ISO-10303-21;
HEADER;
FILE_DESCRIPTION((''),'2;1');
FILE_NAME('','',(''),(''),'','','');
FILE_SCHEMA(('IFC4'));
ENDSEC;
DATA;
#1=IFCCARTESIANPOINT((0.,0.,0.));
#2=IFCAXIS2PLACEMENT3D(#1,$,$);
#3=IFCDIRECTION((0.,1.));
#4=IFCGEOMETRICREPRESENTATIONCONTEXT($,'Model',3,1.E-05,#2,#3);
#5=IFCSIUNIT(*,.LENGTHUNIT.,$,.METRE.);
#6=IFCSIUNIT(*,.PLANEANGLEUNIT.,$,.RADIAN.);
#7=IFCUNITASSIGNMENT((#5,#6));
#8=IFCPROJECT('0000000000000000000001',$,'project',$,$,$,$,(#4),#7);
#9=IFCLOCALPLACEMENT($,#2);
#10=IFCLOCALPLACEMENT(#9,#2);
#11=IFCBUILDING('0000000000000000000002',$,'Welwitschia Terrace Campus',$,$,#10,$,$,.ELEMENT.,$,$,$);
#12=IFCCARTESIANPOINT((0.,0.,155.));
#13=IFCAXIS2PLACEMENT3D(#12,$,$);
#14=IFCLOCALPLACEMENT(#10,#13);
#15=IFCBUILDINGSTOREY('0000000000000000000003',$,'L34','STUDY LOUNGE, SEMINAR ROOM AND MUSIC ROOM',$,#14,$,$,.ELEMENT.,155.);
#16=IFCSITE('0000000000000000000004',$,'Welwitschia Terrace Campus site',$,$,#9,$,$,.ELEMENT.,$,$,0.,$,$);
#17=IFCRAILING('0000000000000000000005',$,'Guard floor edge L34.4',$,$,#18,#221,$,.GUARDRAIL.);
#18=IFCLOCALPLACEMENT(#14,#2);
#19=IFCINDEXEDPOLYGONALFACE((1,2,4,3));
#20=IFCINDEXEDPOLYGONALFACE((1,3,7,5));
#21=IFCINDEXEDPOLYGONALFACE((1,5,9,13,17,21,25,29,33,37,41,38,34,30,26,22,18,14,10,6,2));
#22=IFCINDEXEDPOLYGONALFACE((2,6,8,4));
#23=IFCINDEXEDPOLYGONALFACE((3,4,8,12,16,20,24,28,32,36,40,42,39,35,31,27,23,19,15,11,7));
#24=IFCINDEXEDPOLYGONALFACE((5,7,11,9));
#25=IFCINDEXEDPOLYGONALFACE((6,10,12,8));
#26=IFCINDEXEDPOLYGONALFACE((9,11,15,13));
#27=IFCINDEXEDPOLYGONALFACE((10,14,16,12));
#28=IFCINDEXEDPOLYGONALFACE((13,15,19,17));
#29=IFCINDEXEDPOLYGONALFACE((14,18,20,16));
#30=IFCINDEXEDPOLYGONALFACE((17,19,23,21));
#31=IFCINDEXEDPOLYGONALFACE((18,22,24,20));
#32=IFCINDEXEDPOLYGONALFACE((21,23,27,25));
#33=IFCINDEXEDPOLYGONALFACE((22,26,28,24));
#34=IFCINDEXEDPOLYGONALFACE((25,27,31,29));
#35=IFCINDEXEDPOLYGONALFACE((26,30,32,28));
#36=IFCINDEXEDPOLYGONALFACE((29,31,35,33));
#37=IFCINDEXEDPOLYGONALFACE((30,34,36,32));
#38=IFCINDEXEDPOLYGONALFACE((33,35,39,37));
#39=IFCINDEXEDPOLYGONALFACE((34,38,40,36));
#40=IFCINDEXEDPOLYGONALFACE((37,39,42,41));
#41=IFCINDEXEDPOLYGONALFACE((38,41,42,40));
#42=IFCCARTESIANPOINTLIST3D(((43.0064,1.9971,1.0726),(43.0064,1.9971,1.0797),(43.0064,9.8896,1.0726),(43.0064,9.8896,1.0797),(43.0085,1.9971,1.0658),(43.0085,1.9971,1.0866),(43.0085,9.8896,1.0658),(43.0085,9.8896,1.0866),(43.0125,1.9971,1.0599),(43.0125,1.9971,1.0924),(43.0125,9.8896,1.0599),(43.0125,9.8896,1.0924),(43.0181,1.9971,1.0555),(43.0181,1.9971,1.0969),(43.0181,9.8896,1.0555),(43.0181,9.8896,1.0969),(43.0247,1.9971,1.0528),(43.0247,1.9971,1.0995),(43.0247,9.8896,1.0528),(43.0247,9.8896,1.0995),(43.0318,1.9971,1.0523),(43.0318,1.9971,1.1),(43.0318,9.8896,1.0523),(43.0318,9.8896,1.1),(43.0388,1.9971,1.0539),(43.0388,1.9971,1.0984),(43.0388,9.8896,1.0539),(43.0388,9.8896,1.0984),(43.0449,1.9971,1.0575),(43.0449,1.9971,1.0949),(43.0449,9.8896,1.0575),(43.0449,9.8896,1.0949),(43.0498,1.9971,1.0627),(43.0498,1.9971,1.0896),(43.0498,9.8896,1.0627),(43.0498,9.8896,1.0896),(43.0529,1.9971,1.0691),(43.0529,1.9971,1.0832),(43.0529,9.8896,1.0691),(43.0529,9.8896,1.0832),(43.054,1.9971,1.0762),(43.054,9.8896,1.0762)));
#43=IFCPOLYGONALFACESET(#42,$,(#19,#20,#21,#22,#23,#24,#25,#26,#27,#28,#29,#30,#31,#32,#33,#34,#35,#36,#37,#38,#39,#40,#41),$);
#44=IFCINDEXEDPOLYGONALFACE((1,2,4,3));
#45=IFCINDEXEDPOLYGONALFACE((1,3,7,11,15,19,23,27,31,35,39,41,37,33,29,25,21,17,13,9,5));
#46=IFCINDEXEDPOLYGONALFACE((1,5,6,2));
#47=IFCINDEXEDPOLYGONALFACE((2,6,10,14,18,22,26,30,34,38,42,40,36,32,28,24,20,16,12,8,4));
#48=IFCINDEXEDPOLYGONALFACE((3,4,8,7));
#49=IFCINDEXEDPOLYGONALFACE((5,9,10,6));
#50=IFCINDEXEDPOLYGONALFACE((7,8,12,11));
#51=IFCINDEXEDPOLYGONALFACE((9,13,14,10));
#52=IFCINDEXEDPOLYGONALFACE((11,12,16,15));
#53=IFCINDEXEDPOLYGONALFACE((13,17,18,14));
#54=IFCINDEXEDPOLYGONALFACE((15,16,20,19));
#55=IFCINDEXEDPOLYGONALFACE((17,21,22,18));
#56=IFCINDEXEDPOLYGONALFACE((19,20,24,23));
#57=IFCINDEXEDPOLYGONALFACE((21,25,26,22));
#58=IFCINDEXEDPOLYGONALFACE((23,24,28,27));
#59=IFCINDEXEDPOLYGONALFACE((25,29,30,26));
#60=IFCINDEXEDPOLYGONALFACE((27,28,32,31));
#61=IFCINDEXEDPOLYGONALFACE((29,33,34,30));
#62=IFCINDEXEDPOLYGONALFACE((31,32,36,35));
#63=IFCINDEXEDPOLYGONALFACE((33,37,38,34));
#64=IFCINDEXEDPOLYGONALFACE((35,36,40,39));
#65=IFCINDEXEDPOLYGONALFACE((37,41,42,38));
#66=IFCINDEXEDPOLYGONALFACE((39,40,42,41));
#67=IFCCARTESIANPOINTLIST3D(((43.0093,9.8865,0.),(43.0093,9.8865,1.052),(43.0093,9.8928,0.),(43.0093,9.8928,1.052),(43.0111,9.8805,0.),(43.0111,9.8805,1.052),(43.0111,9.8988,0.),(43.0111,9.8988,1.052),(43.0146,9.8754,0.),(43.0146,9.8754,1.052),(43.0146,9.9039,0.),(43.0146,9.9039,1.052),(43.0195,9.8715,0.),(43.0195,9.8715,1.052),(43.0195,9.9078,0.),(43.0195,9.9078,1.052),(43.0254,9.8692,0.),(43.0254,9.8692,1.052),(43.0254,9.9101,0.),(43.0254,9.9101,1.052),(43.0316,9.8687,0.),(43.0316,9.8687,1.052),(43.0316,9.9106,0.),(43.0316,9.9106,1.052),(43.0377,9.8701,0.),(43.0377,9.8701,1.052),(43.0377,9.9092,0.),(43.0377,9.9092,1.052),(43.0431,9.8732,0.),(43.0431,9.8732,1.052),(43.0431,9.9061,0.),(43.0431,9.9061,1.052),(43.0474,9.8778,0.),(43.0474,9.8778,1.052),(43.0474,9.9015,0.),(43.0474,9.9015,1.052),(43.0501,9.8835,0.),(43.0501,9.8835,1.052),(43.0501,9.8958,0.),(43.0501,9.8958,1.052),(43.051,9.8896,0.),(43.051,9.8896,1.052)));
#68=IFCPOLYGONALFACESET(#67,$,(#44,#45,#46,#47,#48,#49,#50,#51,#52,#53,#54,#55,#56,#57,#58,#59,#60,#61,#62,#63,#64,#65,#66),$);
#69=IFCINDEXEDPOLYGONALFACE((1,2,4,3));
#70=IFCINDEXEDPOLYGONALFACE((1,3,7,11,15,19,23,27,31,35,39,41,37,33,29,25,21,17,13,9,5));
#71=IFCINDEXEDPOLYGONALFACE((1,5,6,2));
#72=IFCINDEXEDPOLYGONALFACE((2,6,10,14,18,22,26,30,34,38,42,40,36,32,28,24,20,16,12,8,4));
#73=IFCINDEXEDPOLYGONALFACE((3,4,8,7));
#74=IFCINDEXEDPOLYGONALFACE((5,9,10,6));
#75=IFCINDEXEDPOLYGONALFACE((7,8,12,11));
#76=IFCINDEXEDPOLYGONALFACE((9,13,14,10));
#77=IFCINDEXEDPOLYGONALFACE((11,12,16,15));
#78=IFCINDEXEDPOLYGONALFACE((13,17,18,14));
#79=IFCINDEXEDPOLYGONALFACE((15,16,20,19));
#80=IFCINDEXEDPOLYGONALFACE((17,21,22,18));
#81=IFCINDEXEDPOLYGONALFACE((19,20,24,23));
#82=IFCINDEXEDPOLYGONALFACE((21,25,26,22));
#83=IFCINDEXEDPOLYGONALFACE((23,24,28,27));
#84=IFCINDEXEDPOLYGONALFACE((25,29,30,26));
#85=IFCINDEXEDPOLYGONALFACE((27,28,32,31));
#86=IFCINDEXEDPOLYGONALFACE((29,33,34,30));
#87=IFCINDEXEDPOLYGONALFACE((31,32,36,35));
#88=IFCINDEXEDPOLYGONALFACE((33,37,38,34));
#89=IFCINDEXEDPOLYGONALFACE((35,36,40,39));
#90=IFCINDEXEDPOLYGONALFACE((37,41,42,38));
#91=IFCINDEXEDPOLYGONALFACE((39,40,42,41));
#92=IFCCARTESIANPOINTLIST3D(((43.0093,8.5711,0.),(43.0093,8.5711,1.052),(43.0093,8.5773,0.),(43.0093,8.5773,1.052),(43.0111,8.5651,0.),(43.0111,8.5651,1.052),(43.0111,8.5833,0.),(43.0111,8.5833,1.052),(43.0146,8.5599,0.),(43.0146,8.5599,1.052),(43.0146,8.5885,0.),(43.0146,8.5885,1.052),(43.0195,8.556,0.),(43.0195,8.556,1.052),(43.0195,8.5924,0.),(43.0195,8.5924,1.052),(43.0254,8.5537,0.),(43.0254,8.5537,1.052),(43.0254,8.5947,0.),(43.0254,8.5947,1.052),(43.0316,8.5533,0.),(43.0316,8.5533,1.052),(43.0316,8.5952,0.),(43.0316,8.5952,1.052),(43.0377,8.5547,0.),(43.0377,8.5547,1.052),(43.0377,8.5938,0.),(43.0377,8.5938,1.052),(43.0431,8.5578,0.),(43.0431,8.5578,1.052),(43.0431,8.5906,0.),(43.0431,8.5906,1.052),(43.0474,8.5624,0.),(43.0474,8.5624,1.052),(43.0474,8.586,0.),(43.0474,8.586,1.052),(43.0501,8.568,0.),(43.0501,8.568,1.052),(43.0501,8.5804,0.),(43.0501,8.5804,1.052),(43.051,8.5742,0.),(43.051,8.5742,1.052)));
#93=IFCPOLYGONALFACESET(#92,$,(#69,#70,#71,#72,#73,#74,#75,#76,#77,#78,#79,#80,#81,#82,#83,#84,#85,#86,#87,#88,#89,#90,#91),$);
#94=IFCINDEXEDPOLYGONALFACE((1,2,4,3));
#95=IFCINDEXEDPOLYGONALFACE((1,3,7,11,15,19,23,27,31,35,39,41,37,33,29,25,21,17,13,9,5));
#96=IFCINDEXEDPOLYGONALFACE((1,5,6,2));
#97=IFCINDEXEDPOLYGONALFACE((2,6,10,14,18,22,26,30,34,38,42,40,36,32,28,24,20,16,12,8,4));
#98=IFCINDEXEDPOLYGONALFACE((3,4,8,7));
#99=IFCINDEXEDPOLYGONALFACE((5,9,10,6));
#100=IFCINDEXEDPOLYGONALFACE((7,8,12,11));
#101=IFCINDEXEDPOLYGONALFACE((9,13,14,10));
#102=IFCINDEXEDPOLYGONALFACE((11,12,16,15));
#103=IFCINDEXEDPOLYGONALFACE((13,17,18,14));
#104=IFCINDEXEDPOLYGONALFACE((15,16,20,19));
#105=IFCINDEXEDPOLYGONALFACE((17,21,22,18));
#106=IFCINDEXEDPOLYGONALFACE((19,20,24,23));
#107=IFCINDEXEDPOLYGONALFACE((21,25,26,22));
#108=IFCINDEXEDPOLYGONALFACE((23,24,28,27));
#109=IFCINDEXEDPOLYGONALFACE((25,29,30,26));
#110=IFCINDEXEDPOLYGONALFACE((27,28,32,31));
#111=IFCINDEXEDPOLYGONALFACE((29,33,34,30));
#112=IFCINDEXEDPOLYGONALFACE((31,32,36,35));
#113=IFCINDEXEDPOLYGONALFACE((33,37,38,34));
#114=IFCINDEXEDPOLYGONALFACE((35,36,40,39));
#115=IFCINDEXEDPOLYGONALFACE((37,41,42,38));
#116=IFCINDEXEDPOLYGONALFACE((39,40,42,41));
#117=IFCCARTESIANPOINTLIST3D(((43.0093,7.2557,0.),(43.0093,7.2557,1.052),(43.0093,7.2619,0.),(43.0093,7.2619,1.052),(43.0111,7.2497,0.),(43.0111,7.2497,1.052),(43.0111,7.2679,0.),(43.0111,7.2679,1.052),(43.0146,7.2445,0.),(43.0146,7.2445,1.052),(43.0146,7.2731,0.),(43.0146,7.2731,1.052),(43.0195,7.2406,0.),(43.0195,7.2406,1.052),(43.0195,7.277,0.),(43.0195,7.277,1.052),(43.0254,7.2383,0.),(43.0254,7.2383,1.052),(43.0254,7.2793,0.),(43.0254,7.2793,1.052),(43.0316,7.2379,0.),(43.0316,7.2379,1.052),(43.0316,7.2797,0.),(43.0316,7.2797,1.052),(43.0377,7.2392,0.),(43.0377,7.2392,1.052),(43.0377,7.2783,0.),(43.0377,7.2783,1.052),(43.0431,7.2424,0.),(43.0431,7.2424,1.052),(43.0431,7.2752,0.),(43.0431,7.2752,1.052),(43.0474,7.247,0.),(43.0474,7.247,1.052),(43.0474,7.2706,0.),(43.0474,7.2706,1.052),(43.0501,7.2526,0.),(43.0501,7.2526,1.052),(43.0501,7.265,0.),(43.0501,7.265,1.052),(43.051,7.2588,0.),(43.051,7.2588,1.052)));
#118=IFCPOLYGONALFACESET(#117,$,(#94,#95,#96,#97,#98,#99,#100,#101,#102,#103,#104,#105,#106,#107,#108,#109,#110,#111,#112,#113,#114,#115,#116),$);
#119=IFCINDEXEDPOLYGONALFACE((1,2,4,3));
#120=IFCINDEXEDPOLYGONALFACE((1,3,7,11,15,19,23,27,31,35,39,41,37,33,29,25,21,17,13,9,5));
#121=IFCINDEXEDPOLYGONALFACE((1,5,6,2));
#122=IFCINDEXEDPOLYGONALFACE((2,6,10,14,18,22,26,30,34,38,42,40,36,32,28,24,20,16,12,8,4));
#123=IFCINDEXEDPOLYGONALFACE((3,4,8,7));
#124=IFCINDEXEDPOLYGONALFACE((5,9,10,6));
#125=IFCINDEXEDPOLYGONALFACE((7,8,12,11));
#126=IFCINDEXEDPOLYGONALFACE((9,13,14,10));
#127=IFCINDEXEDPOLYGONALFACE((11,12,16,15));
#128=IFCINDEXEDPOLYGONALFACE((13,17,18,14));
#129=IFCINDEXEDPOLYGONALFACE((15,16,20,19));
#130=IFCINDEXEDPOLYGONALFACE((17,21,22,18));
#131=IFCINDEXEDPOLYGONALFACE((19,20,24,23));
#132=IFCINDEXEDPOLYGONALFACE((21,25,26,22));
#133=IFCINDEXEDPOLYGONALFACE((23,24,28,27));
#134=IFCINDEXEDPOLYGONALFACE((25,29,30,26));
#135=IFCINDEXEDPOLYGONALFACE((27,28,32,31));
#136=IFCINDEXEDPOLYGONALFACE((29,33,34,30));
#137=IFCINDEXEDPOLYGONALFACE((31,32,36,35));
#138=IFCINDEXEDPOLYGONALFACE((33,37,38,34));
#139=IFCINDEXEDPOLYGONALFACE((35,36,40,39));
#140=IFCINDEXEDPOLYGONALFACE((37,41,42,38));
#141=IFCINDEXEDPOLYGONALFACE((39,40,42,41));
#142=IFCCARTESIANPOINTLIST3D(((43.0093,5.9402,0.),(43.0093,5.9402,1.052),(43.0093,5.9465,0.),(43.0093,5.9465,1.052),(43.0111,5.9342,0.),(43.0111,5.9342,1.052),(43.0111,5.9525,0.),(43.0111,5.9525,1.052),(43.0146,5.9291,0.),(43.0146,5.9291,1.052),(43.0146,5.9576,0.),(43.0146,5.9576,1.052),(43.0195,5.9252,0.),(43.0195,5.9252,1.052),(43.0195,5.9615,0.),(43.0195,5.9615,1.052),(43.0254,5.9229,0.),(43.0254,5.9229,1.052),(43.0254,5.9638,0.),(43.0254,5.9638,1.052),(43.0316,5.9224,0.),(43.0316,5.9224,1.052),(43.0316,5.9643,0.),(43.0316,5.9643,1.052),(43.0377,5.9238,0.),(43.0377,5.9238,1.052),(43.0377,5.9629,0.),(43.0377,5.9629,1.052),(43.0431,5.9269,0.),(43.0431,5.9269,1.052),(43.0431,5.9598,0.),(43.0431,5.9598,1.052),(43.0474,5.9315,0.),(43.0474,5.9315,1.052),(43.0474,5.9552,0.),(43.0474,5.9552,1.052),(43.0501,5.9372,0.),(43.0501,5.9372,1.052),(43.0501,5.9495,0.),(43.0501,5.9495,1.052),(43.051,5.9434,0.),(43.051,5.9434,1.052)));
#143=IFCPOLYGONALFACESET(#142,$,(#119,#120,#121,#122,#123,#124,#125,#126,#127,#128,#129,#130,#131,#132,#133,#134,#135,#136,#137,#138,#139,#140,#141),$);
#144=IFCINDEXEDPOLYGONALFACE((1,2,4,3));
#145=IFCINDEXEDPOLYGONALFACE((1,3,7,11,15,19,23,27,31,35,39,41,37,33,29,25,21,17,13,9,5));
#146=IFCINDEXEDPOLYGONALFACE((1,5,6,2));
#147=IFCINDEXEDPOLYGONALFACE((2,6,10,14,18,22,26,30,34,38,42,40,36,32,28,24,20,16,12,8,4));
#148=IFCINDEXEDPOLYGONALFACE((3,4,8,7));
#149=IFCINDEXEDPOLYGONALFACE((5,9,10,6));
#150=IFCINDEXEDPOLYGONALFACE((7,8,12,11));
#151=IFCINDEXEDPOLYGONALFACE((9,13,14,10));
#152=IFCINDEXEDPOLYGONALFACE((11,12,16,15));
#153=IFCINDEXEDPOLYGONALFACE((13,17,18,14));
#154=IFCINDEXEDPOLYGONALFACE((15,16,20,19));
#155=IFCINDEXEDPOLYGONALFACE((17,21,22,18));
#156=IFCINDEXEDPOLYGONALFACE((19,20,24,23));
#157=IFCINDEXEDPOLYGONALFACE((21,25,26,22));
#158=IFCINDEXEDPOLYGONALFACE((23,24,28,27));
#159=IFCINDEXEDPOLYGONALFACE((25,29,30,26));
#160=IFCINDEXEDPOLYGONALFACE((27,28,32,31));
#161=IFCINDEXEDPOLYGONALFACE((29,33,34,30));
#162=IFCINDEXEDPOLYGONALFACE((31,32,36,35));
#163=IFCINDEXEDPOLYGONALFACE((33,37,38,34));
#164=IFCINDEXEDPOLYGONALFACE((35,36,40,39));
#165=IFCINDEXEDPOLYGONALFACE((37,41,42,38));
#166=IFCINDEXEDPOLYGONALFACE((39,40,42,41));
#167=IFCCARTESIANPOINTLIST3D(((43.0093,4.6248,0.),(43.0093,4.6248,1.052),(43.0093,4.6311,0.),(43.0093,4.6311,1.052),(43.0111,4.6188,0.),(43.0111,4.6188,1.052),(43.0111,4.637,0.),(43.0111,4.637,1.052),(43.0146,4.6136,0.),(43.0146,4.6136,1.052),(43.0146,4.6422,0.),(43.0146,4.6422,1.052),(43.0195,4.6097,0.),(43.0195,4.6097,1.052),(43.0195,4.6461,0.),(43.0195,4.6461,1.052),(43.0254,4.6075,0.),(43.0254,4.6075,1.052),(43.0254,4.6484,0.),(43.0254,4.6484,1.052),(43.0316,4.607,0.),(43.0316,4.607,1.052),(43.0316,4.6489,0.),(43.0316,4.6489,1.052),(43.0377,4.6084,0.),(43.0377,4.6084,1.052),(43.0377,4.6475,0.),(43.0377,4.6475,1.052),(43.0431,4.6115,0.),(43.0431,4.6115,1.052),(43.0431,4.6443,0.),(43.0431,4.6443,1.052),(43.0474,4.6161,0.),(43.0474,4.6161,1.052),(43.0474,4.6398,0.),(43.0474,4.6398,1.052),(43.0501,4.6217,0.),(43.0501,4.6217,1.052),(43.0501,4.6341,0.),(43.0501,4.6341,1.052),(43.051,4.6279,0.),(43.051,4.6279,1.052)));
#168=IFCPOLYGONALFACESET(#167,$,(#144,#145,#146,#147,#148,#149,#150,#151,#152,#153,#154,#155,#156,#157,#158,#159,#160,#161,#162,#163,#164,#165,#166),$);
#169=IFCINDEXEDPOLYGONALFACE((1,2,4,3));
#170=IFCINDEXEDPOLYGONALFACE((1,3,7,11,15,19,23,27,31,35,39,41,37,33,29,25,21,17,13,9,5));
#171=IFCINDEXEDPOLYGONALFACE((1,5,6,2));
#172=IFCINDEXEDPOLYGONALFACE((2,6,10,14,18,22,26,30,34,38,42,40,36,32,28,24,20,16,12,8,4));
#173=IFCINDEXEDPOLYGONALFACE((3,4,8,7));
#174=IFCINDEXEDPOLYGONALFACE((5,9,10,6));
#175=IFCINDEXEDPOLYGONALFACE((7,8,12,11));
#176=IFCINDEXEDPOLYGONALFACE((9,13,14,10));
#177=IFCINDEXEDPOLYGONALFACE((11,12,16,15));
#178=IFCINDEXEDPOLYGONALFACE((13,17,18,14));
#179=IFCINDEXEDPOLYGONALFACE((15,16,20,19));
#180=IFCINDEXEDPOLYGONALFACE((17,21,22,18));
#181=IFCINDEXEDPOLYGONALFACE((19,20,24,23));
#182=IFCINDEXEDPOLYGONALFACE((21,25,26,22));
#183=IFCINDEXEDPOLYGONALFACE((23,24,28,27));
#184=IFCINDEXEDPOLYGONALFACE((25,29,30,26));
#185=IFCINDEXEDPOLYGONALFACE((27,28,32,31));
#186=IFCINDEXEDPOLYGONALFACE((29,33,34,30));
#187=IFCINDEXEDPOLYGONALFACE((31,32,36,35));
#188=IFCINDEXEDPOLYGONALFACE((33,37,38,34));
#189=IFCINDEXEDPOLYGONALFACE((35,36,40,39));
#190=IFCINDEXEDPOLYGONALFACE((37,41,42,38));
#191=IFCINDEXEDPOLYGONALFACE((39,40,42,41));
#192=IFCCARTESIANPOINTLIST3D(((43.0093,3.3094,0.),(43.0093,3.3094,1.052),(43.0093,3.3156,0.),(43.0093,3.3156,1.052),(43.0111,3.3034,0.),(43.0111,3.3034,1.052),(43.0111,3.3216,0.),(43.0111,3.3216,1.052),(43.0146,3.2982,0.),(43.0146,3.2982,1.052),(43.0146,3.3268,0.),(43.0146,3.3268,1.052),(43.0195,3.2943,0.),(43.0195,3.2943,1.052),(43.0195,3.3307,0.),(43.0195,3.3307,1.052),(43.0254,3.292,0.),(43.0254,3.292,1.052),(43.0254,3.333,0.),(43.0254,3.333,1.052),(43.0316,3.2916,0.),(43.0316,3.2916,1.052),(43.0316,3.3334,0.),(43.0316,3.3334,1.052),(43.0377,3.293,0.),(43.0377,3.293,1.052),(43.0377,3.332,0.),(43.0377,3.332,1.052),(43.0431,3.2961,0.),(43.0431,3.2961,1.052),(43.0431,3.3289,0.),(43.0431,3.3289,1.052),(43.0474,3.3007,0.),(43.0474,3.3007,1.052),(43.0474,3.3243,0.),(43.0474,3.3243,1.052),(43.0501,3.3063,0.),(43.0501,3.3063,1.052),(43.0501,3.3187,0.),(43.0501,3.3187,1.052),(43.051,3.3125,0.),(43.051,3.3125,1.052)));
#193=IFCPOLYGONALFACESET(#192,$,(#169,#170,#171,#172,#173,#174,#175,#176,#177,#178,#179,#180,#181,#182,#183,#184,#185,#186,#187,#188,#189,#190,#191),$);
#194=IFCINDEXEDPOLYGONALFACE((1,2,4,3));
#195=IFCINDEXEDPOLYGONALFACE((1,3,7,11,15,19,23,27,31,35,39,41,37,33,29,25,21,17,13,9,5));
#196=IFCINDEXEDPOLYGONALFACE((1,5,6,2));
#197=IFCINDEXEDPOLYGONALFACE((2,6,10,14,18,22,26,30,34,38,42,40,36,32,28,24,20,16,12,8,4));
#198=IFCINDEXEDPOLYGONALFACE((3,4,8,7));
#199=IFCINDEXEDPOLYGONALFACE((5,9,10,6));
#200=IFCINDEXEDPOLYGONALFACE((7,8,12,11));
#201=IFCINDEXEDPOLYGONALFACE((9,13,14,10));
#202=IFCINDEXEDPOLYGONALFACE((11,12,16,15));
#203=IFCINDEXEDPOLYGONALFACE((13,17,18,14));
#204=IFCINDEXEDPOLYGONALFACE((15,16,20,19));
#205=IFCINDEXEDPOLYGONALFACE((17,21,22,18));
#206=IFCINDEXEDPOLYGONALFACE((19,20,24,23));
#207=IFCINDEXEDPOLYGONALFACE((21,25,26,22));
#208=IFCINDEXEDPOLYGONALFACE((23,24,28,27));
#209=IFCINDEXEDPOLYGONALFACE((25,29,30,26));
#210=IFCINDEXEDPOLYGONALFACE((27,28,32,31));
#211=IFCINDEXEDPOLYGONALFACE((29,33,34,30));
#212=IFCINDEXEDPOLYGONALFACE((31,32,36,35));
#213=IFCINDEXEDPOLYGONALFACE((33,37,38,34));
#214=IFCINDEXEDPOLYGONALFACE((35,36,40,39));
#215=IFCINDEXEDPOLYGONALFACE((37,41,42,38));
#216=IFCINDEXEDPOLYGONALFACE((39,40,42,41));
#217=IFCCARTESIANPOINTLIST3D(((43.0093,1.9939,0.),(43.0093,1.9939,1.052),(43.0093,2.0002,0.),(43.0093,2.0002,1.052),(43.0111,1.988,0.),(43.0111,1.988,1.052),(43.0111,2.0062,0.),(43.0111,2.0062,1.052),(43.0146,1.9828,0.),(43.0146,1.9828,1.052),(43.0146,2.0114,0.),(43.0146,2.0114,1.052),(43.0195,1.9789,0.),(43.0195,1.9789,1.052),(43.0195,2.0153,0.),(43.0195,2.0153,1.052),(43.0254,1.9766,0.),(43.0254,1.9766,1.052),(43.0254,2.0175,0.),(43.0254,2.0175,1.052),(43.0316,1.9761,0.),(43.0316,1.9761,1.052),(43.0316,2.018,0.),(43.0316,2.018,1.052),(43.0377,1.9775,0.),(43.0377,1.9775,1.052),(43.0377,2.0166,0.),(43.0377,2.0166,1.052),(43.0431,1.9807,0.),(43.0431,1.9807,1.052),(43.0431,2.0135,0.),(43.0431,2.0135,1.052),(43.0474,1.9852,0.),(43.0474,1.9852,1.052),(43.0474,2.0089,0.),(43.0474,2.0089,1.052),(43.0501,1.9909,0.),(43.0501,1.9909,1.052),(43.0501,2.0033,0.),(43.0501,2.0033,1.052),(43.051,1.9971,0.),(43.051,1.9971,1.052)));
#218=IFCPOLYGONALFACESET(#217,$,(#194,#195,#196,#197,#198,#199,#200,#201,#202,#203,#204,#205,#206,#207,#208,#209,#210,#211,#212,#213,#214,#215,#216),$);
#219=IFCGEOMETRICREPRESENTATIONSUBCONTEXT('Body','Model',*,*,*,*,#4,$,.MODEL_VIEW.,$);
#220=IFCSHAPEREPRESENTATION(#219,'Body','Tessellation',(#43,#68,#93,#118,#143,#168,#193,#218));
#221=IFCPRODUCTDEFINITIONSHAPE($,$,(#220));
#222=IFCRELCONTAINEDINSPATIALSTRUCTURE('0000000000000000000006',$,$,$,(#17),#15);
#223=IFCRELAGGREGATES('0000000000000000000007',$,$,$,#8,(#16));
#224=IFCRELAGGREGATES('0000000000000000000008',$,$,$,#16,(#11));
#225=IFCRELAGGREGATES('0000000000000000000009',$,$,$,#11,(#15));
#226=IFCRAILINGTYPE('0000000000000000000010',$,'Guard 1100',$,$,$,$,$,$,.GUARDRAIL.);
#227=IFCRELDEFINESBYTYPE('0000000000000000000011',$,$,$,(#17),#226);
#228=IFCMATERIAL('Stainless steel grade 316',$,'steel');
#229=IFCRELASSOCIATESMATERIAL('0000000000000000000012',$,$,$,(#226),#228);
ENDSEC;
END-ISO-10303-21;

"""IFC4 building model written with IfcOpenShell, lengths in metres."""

from ifc_helpers import new_model, si_unit, direction, frame, origin, origin_2d, place, context, subcontext, project, spatial, circle, extrude, material, type_object, element, save


model = new_model("IFC4")

# Units and contexts
model_context = context("Model", 3, precision=1e-05, world=origin(), true_north=direction((0.0, 1.0)))
body_context = subcontext(model_context, "Body", "Model", "MODEL_VIEW")
ifc_project = project(units=[si_unit("LENGTHUNIT", "METRE"), si_unit("PLANEANGLEUNIT", "RADIAN")], contexts=[model_context])

# Site, building, storey
site_placement = place(None, origin())
site = spatial("IfcSite", under=ifc_project, at=site_placement, Name="Welwitschia Terrace Campus site", CompositionType="ELEMENT", RefElevation=0.0)
building_placement = place(site_placement, origin())
building = spatial("IfcBuilding", under=site, at=building_placement, Name="Welwitschia Terrace Campus", CompositionType="ELEMENT")
storey_placement = place(building_placement, frame((0.0, 0.0, 155.0)))
storey = spatial("IfcBuildingStorey", under=building, at=storey_placement, Name="L34", Description="STUDY LOUNGE, SEMINAR ROOM AND MUSIC ROOM", CompositionType="ELEMENT", Elevation=155.0)

# Railing
ifc_material_1 = material(Name="Stainless steel grade 316", Category="steel")
railing_type = type_object("IfcRailingType", Name="Guard 1100", PredefinedType="GUARDRAIL", material=ifc_material_1)
railing_1_placement = place(storey_placement, frame((43.03, 9.8896, 0.0)))
element("IfcRailing", 1, at=railing_1_placement, inside=storey, type_object=railing_type, Name="Guard floor edge L34.4", PredefinedType="GUARDRAIL", context=body_context, shape_type="SweptSolid", body=[
    extrude(circle(Radius=0.0239, at=origin_2d()), frame((0.0, 0.0, 1.0762), z_axis=(0.0, -1.0, 0.0), x_axis=(1.0, 0.0, 0.0)), (0.0, 0.0, 1.0), 7.8926),
    extrude(circle(Radius=0.021, at=origin_2d()), origin(), (0.0, 0.0, 1.0), 1.052),
    extrude(circle(Radius=0.021, at=origin_2d()), frame((0.0, -1.3154, 0.0)), (0.0, 0.0, 1.0), 1.052),
    extrude(circle(Radius=0.021, at=origin_2d()), frame((0.0, -2.6309, 0.0)), (0.0, 0.0, 1.0), 1.052),
    extrude(circle(Radius=0.021, at=origin_2d()), frame((0.0, -3.9463, 0.0)), (0.0, 0.0, 1.0), 1.052),
    extrude(circle(Radius=0.021, at=origin_2d()), frame((0.0, -5.2617, 0.0)), (0.0, 0.0, 1.0), 1.052),
    extrude(circle(Radius=0.021, at=origin_2d()), frame((0.0, -6.5771, 0.0)), (0.0, 0.0, 1.0), 1.052),
    extrude(circle(Radius=0.021, at=origin_2d()), frame((0.0, -7.8926, 0.0)), (0.0, 0.0, 1.0), 1.052),
])

save(model, "model.ifc")
